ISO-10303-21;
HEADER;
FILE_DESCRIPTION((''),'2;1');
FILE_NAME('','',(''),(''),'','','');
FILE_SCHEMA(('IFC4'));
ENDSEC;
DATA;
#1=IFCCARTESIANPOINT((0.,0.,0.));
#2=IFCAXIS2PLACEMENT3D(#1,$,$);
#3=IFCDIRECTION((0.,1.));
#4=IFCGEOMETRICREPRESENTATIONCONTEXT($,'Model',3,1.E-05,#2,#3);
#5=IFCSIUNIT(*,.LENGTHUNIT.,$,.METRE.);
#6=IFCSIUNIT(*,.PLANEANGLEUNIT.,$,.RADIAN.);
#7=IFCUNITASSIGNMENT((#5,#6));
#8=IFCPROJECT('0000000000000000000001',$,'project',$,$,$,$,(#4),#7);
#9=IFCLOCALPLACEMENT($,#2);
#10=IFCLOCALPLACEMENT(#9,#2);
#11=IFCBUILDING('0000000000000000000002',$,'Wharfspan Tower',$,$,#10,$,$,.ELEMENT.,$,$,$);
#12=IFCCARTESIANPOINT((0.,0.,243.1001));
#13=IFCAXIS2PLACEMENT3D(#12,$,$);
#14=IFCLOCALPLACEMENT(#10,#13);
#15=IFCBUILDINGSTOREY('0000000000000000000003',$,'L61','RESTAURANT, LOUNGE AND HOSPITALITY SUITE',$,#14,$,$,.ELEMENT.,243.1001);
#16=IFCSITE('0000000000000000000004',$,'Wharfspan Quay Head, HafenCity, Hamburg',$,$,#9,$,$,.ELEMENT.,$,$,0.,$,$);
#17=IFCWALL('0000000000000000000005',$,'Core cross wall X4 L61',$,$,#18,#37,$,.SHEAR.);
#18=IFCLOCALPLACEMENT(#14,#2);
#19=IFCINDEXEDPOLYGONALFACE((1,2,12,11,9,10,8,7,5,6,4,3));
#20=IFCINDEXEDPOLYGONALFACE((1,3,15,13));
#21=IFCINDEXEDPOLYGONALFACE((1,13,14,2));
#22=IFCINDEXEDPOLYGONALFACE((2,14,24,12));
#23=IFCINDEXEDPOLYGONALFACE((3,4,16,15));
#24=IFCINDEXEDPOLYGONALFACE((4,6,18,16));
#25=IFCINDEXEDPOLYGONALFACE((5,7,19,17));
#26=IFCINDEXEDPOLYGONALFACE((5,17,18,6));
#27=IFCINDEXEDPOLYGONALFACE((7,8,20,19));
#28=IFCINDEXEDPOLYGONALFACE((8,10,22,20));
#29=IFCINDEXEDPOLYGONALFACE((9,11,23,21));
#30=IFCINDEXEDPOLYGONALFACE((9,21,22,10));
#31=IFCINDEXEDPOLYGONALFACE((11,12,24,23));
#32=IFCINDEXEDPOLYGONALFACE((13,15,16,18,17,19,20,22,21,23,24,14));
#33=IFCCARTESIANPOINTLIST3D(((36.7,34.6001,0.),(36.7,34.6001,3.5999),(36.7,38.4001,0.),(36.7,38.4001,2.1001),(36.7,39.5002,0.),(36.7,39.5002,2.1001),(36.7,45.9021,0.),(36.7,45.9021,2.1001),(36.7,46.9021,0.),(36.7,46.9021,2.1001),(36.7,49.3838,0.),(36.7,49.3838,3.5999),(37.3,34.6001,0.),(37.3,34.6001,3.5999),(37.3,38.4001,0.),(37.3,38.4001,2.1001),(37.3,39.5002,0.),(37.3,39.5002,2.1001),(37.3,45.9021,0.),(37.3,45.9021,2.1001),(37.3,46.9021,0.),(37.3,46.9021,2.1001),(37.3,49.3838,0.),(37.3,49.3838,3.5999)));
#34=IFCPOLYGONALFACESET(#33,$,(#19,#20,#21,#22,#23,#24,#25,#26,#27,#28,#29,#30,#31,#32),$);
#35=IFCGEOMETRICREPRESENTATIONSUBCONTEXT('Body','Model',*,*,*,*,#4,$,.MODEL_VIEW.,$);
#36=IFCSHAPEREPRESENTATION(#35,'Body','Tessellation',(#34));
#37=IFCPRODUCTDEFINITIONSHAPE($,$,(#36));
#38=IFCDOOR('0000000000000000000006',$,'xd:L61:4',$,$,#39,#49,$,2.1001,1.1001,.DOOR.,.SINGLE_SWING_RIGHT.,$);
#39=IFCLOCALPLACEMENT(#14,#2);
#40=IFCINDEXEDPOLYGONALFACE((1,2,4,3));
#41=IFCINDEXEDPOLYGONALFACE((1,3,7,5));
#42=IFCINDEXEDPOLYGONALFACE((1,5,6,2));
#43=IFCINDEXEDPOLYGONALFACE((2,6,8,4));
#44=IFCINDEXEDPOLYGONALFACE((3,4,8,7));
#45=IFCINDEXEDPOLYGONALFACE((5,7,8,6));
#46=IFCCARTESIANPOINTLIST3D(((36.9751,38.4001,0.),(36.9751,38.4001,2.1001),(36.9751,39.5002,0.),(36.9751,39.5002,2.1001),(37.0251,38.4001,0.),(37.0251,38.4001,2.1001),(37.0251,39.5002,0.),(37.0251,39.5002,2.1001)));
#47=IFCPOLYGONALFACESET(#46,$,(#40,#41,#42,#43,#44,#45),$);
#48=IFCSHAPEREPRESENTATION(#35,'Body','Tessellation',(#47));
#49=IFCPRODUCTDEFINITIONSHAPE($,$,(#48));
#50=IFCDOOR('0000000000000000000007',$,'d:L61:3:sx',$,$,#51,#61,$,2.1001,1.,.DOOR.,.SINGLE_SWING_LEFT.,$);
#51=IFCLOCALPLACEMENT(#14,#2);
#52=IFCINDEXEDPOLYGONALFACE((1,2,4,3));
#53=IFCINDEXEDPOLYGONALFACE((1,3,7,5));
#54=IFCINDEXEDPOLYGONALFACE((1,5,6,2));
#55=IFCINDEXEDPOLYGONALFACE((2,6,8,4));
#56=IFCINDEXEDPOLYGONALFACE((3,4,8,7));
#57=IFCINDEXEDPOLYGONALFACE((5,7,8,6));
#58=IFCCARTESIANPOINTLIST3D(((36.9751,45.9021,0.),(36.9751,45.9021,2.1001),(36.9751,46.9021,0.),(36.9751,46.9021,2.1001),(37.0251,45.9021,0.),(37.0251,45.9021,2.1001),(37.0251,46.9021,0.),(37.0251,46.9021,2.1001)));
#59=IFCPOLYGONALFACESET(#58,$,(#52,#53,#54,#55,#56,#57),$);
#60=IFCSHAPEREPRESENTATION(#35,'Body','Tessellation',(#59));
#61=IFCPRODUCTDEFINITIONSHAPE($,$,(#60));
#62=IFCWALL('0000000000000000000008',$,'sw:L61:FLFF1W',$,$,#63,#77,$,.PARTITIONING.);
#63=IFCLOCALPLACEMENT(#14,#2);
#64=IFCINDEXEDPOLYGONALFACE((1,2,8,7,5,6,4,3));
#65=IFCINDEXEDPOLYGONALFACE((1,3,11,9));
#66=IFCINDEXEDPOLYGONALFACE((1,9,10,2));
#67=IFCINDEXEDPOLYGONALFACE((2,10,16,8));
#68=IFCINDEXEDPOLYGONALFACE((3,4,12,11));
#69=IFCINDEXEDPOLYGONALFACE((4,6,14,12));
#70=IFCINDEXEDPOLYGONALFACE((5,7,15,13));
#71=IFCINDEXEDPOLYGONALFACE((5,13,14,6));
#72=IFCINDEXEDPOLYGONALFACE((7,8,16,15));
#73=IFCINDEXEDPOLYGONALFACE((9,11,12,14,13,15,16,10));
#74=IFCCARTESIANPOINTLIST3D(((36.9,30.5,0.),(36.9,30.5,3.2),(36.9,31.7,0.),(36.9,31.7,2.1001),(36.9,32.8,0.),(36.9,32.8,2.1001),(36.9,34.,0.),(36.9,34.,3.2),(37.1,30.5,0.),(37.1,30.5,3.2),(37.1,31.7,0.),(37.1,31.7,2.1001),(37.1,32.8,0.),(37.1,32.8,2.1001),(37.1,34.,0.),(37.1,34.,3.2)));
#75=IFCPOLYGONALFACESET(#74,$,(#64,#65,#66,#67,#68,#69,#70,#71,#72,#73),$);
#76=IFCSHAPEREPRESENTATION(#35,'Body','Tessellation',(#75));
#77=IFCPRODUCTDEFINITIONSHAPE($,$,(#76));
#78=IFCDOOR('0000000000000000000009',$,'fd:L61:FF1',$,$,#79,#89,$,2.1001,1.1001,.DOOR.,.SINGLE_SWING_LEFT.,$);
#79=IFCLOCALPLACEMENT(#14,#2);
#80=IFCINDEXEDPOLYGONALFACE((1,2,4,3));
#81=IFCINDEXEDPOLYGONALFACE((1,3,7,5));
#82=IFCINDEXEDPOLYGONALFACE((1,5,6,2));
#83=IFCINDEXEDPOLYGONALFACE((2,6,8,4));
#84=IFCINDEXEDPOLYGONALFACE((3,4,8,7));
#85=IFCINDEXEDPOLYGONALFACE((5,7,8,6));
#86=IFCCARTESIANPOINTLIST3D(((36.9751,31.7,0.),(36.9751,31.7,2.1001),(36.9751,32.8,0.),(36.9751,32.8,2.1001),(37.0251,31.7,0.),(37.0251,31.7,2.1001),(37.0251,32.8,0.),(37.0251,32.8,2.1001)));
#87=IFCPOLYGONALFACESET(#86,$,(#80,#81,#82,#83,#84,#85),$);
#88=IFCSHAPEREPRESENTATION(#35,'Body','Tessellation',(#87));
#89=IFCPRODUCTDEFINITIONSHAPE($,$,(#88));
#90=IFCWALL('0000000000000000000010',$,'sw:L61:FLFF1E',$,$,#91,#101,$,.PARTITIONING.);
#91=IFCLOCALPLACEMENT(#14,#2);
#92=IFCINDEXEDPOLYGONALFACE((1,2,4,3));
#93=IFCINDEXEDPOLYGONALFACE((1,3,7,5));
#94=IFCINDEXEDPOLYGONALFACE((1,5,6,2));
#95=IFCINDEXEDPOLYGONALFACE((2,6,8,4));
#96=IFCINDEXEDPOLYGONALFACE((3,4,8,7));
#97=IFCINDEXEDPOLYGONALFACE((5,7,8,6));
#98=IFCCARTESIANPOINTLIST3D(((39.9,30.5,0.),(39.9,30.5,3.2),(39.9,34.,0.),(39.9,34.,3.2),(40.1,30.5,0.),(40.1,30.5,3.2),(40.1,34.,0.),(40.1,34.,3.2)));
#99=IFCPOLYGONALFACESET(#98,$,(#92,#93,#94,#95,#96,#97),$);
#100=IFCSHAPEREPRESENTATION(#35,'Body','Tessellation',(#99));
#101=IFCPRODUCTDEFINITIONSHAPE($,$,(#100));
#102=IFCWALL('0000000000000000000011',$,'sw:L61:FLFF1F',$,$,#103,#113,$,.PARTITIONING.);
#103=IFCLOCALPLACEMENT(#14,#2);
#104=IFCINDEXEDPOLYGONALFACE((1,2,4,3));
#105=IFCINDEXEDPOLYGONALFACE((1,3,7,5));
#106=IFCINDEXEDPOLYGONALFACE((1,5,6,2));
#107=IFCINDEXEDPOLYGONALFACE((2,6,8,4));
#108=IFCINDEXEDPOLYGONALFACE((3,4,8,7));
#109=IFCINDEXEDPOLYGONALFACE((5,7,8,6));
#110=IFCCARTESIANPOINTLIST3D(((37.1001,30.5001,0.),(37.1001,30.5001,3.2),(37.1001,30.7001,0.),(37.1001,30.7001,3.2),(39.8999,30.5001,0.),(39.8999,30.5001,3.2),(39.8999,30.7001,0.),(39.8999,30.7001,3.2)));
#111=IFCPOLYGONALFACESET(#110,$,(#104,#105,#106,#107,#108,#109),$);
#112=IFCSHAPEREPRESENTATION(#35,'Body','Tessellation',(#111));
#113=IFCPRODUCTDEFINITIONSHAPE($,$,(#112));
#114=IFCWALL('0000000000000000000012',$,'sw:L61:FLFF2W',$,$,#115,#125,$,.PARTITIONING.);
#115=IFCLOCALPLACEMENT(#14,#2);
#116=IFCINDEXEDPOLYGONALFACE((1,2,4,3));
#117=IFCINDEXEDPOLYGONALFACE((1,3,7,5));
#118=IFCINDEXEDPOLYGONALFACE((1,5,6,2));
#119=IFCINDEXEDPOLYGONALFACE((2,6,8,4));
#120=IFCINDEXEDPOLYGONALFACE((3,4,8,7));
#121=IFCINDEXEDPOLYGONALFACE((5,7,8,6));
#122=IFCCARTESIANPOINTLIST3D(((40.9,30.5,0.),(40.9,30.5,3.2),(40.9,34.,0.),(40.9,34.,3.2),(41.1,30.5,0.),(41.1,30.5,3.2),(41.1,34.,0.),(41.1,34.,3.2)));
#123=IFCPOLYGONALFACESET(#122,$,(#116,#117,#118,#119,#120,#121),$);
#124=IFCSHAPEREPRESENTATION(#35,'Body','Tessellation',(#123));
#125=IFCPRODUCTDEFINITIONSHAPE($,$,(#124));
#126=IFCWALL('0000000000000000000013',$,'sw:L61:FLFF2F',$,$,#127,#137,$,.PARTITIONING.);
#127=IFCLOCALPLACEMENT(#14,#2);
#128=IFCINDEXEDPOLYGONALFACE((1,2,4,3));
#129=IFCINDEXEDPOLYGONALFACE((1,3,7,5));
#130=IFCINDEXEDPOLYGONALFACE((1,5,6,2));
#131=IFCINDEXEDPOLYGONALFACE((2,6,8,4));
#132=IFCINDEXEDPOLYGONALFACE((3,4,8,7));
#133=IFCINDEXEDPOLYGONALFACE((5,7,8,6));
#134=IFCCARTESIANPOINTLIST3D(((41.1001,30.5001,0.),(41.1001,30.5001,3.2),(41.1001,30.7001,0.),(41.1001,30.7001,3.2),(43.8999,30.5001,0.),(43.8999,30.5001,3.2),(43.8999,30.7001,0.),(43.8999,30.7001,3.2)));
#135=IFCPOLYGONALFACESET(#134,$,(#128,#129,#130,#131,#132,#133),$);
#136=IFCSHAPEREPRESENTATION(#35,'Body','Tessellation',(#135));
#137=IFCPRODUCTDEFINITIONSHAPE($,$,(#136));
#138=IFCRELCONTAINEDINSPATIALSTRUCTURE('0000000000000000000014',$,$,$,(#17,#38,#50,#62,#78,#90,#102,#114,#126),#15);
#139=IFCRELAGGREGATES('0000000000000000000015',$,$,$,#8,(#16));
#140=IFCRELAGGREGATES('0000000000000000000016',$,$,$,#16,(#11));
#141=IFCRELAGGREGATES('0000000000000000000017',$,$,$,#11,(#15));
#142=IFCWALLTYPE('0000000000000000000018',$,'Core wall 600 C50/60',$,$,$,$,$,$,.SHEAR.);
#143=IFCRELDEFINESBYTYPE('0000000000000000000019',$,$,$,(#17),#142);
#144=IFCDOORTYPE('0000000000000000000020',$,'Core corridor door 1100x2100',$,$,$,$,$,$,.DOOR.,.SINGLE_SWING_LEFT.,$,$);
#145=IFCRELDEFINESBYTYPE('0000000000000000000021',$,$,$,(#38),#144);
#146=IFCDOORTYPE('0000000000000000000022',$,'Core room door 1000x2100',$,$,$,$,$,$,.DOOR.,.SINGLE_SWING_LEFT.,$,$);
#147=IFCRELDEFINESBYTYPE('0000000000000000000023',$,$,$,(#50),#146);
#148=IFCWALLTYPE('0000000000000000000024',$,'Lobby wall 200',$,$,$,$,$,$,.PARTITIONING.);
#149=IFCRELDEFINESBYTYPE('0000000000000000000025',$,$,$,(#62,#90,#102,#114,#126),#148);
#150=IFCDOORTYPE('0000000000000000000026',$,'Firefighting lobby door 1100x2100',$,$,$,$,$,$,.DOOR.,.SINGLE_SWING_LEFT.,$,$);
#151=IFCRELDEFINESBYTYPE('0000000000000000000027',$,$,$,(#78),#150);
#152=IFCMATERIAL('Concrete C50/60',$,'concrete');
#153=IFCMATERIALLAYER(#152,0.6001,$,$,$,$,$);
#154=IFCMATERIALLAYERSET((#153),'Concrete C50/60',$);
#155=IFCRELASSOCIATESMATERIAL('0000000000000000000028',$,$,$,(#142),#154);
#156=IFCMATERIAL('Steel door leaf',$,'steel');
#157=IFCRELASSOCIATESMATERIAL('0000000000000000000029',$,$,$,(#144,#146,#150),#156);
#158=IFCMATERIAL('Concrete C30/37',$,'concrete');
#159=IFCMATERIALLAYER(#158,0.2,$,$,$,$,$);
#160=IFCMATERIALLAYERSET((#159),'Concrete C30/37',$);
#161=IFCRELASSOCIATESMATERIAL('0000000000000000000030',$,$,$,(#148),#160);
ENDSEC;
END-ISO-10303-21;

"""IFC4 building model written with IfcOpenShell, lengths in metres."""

from ifc_helpers import new_model, si_unit, direction, frame, frame_2d, origin, place, context, subcontext, project, spatial, rectangle, extrude, material, layer, layer_set, type_object, element, fill, save


model = new_model("IFC4")

# Units and contexts
model_context = context("Model", 3, precision=1e-05, world=origin(), true_north=direction((0.0, 1.0)))
body_context = subcontext(model_context, "Body", "Model", "MODEL_VIEW")
ifc_project = project(units=[si_unit("LENGTHUNIT", "METRE"), si_unit("PLANEANGLEUNIT", "RADIAN")], contexts=[model_context])

# Site, building, storey
site_placement = place(None, origin())
site = spatial("IfcSite", under=ifc_project, at=site_placement, Name="Wharfspan Quay Head, HafenCity, Hamburg", CompositionType="ELEMENT", RefElevation=0.0)
building_placement = place(site_placement, origin())
building = spatial("IfcBuilding", under=site, at=building_placement, Name="Wharfspan Tower", CompositionType="ELEMENT")
storey_placement = place(building_placement, frame((0.0, 0.0, 243.1001)))
storey = spatial("IfcBuildingStorey", under=building, at=storey_placement, Name="L61", Description="RESTAURANT, LOUNGE AND HOSPITALITY SUITE", CompositionType="ELEMENT", Elevation=243.1001)

# Shared definitions
ifc_material_1 = material(Name="Concrete C50/60", Category="concrete")
ifc_layer_1 = layer(ifc_material_1, 0.6001)
ifc_layer_set_1 = layer_set([ifc_layer_1], Name="Concrete C50/60")
wall_type_1 = type_object("IfcWallType", Name="Core wall 600 C50/60", PredefinedType="SHEAR", material=ifc_layer_set_1)
ifc_material_2 = material(Name="Steel door leaf", Category="steel")
door_type_1 = type_object("IfcDoorType", Name="Core corridor door 1100x2100", OperationType="SINGLE_SWING_LEFT", PredefinedType="DOOR", material=ifc_material_2)

# Wall, openings, doors
wall_1_placement = place(storey_placement, frame((37.0, 34.6001, 0.0), z_axis=(0.0, 0.0, 1.0), x_axis=(0.0, 1.0, 0.0)))
wall_1 = element("IfcWall", 1, at=wall_1_placement, inside=storey, type_object=wall_type_1, Name="Core cross wall X4 L61", PredefinedType="SHEAR", context=body_context, shape_type="SweptSolid", body=[
    extrude(rectangle(XDim=14.7837, YDim=0.6001, at=frame_2d((7.3918, 0.0))), origin(), (0.0, 0.0, 1.0), 3.5999),
])
opening_1_placement = place(wall_1_placement, frame((11.302, 0.0, 0.0)))
opening_1 = element("IfcOpeningElement", 2, at=opening_1_placement, cuts=wall_1, PredefinedType="OPENING", context=body_context, shape_type="SweptSolid", body=[
    extrude(rectangle(XDim=1.0, YDim=2.1001, at=frame_2d((0.5, 1.05))), frame((0.0, 0.3101, 0.0), z_axis=(0.0, -1.0, 0.0), x_axis=(1.0, 0.0, 0.0)), (0.0, 0.0, 1.0), 0.6201),
])
opening_2_placement = place(wall_1_placement, frame((3.8, 0.0, 0.0)))
opening_2 = element("IfcOpeningElement", 3, at=opening_2_placement, cuts=wall_1, PredefinedType="OPENING", context=body_context, shape_type="SweptSolid", body=[
    extrude(rectangle(XDim=1.1001, YDim=2.1001, at=frame_2d((0.55, 1.05))), frame((0.0, 0.3101, 0.0), z_axis=(0.0, -1.0, 0.0), x_axis=(1.0, 0.0, 0.0)), (0.0, 0.0, 1.0), 0.6201),
])
door_1_placement = place(opening_2_placement, origin())
door_1 = element("IfcDoor", 4, at=door_1_placement, inside=storey, type_object=door_type_1, Name="xd:L61:4", OperationType="SINGLE_SWING_RIGHT", OverallHeight=2.1001, OverallWidth=1.1001, PredefinedType="DOOR", context=body_context, shape_type="SweptSolid", body=[
    extrude(rectangle(XDim=1.1001, YDim=2.1001, at=frame_2d((0.55, 1.05))), frame((0.0, 0.0249, 0.0), z_axis=(0.0, -1.0, 0.0), x_axis=(1.0, 0.0, 0.0)), (0.0, 0.0, 1.0), 0.05),
])
fill(opening_2, door_1)
door_type_2 = type_object("IfcDoorType", Name="Core room door 1000x2100", OperationType="SINGLE_SWING_LEFT", PredefinedType="DOOR", material=ifc_material_2)
door_2_placement = place(opening_1_placement, origin())
door_2 = element("IfcDoor", 5, at=door_2_placement, inside=storey, type_object=door_type_2, Name="d:L61:3:sx", OperationType="SINGLE_SWING_LEFT", OverallHeight=2.1001, OverallWidth=1.0, PredefinedType="DOOR", context=body_context, shape_type="SweptSolid", body=[
    extrude(rectangle(XDim=1.0, YDim=2.1001, at=frame_2d((0.5, 1.05))), frame((0.0, 0.0249, 0.0), z_axis=(0.0, -1.0, 0.0), x_axis=(1.0, 0.0, 0.0)), (0.0, 0.0, 1.0), 0.05),
])
fill(opening_1, door_2)

# Wall, opening, door
ifc_material_3 = material(Name="Concrete C30/37", Category="concrete")
ifc_layer_2 = layer(ifc_material_3, 0.2)
ifc_layer_set_2 = layer_set([ifc_layer_2], Name="Concrete C30/37")
wall_type_2 = type_object("IfcWallType", Name="Lobby wall 200", PredefinedType="PARTITIONING", material=ifc_layer_set_2)
wall_2_placement = place(storey_placement, frame((37.0, 30.5, 0.0), z_axis=(0.0, 0.0, 1.0), x_axis=(0.0, 1.0, 0.0)))
wall_2 = element("IfcWall", 6, at=wall_2_placement, inside=storey, type_object=wall_type_2, Name="sw:L61:FLFF1W", PredefinedType="PARTITIONING", context=body_context, shape_type="SweptSolid", body=[
    extrude(rectangle(XDim=3.5, YDim=0.2, at=frame_2d((1.75, 0.0))), origin(), (0.0, 0.0, 1.0), 3.2),
])
opening_3_placement = place(wall_2_placement, frame((1.2, 0.0, 0.0)))
opening_3 = element("IfcOpeningElement", 7, at=opening_3_placement, cuts=wall_2, PredefinedType="OPENING", context=body_context, shape_type="SweptSolid", body=[
    extrude(rectangle(XDim=1.1001, YDim=2.1001, at=frame_2d((0.55, 1.05))), frame((0.0, 0.1099, 0.0), z_axis=(0.0, -1.0, 0.0), x_axis=(1.0, 0.0, 0.0)), (0.0, 0.0, 1.0), 0.22),
])
door_type_3 = type_object("IfcDoorType", Name="Firefighting lobby door 1100x2100", OperationType="SINGLE_SWING_LEFT", PredefinedType="DOOR", material=ifc_material_2)
door_3_placement = place(opening_3_placement, origin())
door_3 = element("IfcDoor", 8, at=door_3_placement, inside=storey, type_object=door_type_3, Name="fd:L61:FF1", OperationType="SINGLE_SWING_LEFT", OverallHeight=2.1001, OverallWidth=1.1001, PredefinedType="DOOR", context=body_context, shape_type="SweptSolid", body=[
    extrude(rectangle(XDim=1.1001, YDim=2.1001, at=frame_2d((0.55, 1.05))), frame((0.0, 0.0249, 0.0), z_axis=(0.0, -1.0, 0.0), x_axis=(1.0, 0.0, 0.0)), (0.0, 0.0, 1.0), 0.05),
])
fill(opening_3, door_3)

# Walls
wall_3_placement = place(storey_placement, frame((40.0, 30.5, 0.0), z_axis=(0.0, 0.0, 1.0), x_axis=(0.0, 1.0, 0.0)))
element("IfcWall", 9, at=wall_3_placement, inside=storey, type_object=wall_type_2, Name="sw:L61:FLFF1E", PredefinedType="PARTITIONING", context=body_context, shape_type="SweptSolid", body=[
    extrude(rectangle(XDim=3.5, YDim=0.2, at=frame_2d((1.75, 0.0))), origin(), (0.0, 0.0, 1.0), 3.2),
])
wall_4_placement = place(storey_placement, frame((37.1001, 30.6001, 0.0), z_axis=(0.0, 0.0, 1.0), x_axis=(1.0, 0.0, 0.0)))
element("IfcWall", 10, at=wall_4_placement, inside=storey, type_object=wall_type_2, Name="sw:L61:FLFF1F", PredefinedType="PARTITIONING", context=body_context, shape_type="SweptSolid", body=[
    extrude(rectangle(XDim=2.7998, YDim=0.2, at=frame_2d((1.3999, 0.0))), origin(), (0.0, 0.0, 1.0), 3.2),
])
wall_5_placement = place(storey_placement, frame((41.0, 30.5, 0.0), z_axis=(0.0, 0.0, 1.0), x_axis=(0.0, 1.0, 0.0)))
element("IfcWall", 11, at=wall_5_placement, inside=storey, type_object=wall_type_2, Name="sw:L61:FLFF2W", PredefinedType="PARTITIONING", context=body_context, shape_type="SweptSolid", body=[
    extrude(rectangle(XDim=3.5, YDim=0.2, at=frame_2d((1.75, 0.0))), origin(), (0.0, 0.0, 1.0), 3.2),
])
wall_6_placement = place(storey_placement, frame((41.1001, 30.6001, 0.0), z_axis=(0.0, 0.0, 1.0), x_axis=(1.0, 0.0, 0.0)))
element("IfcWall", 12, at=wall_6_placement, inside=storey, type_object=wall_type_2, Name="sw:L61:FLFF2F", PredefinedType="PARTITIONING", context=body_context, shape_type="SweptSolid", body=[
    extrude(rectangle(XDim=2.7998, YDim=0.2, at=frame_2d((1.3999, 0.0))), origin(), (0.0, 0.0, 1.0), 3.2),
])

save(model, "model.ifc")
